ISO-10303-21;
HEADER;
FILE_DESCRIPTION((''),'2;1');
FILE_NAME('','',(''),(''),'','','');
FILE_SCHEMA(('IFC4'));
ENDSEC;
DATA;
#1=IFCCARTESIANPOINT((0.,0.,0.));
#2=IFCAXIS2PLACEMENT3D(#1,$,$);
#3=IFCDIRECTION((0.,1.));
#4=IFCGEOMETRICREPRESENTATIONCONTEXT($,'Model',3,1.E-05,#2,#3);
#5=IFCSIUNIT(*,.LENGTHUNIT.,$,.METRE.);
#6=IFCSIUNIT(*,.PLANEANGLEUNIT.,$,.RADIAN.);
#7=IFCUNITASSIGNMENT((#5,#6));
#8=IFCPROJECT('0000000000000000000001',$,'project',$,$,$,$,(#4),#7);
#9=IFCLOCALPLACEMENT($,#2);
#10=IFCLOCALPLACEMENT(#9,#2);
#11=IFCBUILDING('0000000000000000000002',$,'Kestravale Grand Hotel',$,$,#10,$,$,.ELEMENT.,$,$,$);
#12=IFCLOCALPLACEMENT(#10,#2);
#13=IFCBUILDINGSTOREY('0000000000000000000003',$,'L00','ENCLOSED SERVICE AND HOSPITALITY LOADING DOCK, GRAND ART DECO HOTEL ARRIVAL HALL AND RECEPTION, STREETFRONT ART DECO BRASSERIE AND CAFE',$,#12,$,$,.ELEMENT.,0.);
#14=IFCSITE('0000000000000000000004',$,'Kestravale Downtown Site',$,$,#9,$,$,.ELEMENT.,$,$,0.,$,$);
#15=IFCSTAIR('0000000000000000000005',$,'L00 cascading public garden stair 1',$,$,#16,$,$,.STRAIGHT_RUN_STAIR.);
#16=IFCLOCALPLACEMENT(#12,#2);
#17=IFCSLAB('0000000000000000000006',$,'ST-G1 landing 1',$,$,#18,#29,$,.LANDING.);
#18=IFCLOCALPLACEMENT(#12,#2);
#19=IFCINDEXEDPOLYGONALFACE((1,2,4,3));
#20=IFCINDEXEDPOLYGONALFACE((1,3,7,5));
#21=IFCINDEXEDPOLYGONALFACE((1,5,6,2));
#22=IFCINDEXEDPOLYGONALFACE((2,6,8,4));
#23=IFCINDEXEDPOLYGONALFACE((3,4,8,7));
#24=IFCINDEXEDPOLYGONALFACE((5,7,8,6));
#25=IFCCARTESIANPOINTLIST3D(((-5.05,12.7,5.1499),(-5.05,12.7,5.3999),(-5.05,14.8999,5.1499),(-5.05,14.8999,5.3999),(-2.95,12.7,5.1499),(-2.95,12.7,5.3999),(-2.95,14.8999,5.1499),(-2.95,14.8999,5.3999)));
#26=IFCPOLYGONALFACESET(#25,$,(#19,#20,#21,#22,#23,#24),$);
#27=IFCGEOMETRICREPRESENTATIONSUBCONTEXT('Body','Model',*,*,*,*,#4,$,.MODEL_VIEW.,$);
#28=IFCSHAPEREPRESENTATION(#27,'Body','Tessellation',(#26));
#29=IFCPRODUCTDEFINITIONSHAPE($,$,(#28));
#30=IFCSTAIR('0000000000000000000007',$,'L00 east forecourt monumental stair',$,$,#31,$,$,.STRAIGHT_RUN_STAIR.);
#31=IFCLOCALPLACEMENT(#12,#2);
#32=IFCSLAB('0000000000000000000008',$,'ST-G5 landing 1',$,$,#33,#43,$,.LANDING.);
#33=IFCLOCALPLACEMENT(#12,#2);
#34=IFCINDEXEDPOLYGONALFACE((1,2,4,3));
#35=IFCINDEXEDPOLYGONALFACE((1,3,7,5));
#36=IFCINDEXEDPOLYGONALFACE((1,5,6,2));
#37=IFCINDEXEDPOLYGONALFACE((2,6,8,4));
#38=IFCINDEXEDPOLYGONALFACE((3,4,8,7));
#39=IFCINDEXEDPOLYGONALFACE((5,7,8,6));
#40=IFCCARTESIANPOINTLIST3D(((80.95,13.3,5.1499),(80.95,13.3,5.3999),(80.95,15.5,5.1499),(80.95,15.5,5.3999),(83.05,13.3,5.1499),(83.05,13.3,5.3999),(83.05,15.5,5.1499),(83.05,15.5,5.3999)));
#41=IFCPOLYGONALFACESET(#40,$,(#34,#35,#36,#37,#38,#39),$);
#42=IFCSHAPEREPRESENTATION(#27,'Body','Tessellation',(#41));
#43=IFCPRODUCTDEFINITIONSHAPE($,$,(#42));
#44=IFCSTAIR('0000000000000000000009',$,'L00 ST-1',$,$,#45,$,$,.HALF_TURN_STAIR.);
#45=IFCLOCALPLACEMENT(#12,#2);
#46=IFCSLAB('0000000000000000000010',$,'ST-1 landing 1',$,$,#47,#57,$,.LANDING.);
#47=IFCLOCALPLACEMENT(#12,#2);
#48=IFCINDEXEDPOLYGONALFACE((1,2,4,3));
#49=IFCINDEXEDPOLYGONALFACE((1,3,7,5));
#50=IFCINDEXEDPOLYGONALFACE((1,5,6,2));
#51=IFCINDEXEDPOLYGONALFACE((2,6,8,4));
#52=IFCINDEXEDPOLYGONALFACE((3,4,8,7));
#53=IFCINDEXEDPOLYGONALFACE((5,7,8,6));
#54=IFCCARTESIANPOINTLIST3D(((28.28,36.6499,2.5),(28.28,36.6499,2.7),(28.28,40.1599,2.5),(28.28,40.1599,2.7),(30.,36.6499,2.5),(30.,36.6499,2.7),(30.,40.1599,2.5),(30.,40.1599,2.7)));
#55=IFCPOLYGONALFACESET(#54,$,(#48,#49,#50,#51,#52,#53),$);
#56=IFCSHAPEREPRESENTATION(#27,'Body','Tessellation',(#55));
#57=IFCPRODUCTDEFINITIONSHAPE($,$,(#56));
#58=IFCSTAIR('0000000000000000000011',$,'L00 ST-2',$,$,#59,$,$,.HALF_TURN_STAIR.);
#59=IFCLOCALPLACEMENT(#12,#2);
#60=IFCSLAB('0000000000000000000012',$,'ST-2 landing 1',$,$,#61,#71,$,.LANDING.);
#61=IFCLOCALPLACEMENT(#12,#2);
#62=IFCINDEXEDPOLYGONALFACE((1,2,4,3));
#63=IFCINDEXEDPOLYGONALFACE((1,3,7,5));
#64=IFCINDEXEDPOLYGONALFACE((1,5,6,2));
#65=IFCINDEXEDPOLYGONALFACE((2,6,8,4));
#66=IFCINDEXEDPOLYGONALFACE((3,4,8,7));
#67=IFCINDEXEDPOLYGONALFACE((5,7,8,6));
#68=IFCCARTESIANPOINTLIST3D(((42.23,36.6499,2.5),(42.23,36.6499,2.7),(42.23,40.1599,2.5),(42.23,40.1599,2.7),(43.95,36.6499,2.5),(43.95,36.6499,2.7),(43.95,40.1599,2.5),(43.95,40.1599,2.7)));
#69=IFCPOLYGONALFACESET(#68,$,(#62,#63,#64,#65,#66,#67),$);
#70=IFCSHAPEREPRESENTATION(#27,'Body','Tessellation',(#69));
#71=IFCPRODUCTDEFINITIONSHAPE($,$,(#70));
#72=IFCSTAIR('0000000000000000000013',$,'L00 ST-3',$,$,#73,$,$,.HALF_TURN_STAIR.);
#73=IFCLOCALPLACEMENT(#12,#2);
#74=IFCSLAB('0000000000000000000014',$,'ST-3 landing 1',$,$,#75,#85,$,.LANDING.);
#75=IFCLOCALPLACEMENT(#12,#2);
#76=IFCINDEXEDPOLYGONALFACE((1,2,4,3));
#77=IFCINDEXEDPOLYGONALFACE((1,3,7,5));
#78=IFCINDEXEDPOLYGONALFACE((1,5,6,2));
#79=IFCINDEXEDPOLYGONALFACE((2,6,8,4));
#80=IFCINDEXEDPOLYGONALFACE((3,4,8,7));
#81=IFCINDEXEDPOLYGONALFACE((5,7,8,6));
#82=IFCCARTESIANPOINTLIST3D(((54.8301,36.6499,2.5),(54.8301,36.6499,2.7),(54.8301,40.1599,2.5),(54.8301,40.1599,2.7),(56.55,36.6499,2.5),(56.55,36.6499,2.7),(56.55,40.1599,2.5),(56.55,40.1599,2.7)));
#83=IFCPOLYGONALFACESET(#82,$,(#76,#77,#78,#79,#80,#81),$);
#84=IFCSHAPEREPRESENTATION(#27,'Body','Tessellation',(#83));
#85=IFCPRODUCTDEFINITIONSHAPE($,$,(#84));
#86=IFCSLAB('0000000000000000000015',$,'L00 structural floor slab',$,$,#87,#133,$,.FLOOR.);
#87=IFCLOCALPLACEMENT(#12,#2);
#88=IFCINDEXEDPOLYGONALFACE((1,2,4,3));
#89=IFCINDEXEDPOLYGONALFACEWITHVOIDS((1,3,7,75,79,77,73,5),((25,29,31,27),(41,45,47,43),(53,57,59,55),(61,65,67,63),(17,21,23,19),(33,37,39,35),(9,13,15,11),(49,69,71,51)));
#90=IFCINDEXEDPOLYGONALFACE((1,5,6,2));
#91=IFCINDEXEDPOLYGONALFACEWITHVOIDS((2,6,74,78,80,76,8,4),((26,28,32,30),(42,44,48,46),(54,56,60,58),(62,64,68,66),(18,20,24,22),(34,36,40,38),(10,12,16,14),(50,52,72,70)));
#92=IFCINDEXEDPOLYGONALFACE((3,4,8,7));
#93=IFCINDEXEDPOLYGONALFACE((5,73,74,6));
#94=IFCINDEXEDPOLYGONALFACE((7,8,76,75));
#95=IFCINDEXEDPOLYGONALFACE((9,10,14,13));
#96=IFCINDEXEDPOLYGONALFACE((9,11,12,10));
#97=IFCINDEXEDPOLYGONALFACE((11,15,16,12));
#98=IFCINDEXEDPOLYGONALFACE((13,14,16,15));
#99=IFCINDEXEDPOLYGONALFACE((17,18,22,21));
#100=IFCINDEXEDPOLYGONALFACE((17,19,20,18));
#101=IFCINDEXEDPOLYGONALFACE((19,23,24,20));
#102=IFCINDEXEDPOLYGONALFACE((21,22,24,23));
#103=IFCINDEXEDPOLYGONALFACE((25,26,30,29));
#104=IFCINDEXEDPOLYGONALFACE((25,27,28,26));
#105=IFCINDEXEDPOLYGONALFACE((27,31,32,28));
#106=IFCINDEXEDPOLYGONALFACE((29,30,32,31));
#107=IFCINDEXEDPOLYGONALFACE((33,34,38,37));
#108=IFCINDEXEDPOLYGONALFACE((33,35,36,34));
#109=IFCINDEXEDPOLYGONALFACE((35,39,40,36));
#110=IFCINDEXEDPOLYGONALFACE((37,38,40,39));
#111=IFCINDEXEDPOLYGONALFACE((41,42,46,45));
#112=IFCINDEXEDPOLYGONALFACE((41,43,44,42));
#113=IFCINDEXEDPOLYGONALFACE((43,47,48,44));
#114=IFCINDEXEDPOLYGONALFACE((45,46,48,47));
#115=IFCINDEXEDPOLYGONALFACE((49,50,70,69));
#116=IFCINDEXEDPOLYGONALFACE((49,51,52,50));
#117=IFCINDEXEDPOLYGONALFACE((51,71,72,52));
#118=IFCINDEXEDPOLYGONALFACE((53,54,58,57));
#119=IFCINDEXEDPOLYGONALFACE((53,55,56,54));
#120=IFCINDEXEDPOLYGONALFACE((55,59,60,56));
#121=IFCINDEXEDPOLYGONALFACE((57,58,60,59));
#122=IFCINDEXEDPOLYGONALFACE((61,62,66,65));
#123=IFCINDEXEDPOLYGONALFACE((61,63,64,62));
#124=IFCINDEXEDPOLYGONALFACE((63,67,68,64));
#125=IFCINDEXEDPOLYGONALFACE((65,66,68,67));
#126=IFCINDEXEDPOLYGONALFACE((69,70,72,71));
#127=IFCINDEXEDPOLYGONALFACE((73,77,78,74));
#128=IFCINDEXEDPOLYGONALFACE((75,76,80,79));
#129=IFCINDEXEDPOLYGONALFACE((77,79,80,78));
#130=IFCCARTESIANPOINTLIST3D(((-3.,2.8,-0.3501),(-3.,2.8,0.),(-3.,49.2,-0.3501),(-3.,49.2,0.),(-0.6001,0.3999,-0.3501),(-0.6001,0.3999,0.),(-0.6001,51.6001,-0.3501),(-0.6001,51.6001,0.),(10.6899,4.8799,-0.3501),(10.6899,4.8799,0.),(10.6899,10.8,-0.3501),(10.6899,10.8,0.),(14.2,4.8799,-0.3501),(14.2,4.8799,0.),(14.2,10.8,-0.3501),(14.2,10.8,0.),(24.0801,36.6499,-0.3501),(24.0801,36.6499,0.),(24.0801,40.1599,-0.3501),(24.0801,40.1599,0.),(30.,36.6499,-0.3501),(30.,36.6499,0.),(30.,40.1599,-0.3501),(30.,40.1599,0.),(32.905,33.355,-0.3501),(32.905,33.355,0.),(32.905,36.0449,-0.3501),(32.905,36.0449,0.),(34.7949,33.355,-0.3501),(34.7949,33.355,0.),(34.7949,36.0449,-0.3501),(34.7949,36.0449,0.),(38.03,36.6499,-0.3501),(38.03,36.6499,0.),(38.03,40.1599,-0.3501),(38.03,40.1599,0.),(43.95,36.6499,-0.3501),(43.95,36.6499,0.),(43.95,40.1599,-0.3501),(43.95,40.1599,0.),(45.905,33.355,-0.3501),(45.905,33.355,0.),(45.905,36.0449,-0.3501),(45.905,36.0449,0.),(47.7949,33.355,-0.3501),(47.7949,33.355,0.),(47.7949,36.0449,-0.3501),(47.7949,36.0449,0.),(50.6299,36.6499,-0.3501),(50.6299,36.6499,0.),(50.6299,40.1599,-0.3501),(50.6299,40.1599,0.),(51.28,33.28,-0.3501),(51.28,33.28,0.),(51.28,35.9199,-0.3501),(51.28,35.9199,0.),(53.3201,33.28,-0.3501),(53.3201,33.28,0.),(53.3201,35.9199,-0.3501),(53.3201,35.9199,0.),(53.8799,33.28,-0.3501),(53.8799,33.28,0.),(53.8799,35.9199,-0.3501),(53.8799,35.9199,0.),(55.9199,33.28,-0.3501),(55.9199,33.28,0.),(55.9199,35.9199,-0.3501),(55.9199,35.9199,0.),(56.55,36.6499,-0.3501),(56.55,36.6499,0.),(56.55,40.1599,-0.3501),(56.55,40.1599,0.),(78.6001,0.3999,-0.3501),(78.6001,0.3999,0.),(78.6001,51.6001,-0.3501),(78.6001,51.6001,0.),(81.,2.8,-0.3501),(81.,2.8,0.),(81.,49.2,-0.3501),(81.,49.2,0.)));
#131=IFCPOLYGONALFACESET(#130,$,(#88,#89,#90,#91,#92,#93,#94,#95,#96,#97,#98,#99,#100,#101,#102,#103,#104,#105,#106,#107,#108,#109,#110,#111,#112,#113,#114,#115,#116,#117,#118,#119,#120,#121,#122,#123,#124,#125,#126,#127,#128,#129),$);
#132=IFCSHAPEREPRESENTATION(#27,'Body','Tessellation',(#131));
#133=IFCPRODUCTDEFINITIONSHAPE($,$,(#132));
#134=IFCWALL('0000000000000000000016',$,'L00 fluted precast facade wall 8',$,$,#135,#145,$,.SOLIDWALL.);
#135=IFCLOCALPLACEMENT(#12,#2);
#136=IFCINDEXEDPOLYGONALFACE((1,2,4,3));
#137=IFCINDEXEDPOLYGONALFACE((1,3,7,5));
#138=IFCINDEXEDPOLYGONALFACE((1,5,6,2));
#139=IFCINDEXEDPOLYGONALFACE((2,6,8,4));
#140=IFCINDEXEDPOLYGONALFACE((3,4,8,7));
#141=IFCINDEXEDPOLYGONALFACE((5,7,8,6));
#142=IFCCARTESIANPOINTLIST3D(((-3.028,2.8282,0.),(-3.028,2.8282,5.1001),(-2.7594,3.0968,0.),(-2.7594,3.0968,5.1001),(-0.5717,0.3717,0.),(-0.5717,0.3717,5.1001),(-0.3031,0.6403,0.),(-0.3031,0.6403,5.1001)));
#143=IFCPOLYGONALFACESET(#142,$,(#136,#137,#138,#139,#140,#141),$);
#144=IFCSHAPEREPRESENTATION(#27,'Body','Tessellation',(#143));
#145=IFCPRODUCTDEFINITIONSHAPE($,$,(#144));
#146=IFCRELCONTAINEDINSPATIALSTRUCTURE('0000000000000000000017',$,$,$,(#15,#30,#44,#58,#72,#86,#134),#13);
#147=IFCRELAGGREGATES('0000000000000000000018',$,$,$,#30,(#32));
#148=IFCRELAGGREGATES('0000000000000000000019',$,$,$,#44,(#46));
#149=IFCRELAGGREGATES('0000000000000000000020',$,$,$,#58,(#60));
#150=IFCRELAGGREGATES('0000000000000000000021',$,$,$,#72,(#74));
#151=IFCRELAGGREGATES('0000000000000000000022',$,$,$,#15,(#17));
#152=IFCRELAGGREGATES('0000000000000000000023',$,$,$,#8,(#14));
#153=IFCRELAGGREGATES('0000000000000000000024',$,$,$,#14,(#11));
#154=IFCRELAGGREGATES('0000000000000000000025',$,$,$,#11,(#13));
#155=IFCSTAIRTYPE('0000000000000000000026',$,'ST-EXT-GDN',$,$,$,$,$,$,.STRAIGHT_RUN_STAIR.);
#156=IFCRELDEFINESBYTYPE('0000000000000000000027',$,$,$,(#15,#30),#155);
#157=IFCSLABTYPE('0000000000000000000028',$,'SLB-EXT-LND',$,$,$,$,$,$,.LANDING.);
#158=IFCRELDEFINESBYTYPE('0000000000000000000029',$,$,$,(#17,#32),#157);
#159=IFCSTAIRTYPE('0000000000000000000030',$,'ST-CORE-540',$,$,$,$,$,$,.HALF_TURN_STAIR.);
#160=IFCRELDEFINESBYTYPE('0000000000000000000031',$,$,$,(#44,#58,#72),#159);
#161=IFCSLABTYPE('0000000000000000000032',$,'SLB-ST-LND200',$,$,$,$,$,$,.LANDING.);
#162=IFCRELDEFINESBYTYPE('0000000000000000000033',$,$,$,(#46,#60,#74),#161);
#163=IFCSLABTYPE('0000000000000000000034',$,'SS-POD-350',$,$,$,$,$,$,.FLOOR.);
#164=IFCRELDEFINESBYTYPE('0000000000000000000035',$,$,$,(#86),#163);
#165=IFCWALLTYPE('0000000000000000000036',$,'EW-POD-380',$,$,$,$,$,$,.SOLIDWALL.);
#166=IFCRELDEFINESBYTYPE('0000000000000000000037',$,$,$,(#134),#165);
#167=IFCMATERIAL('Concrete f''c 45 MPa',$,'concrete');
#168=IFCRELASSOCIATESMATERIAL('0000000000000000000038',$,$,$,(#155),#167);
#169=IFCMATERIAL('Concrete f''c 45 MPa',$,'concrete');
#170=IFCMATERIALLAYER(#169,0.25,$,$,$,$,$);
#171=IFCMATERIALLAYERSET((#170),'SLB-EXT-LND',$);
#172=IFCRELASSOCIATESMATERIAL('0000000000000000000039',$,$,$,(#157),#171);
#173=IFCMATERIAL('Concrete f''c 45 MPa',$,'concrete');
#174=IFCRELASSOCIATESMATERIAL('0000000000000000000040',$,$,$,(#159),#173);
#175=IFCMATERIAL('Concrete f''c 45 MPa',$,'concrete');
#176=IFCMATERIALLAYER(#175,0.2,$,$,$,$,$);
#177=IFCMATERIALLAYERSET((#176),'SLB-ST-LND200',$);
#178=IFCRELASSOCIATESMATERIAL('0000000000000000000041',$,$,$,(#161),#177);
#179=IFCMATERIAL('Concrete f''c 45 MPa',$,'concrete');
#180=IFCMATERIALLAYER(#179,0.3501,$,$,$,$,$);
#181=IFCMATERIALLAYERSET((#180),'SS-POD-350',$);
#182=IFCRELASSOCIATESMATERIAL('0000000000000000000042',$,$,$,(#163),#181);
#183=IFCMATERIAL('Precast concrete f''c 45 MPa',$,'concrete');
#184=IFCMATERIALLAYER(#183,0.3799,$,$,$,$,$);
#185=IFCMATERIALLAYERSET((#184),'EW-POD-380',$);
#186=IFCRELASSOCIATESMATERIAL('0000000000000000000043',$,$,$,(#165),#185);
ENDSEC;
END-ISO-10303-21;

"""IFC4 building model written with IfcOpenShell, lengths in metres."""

from ifc_helpers import new_model, si_unit, direction, frame, frame_2d, origin, place, context, subcontext, project, spatial, polyline, rectangle, outline, extrude, material, layer, layer_set, type_object, element, aggregate, save


model = new_model("IFC4")

# Units and contexts
model_context = context("Model", 3, precision=1e-05, world=origin(), true_north=direction((0.0, 1.0)))
body_context = subcontext(model_context, "Body", "Model", "MODEL_VIEW")
ifc_project = project(units=[si_unit("LENGTHUNIT", "METRE"), si_unit("PLANEANGLEUNIT", "RADIAN")], contexts=[model_context])

# Site, building, storey
site_placement = place(None, origin())
site = spatial("IfcSite", under=ifc_project, at=site_placement, Name="Kestravale Downtown Site", CompositionType="ELEMENT", RefElevation=0.0)
building_placement = place(site_placement, origin())
building = spatial("IfcBuilding", under=site, at=building_placement, Name="Kestravale Grand Hotel", CompositionType="ELEMENT")
storey_placement = place(building_placement, origin())
storey = spatial("IfcBuildingStorey", under=building, at=storey_placement, Name="L00", Description="ENCLOSED SERVICE AND HOSPITALITY LOADING DOCK, GRAND ART DECO HOTEL ARRIVAL HALL AND RECEPTION, STREETFRONT ART DECO BRASSERIE AND CAFE", CompositionType="ELEMENT", Elevation=0.0)

# Stairs, slabs
ifc_material_1 = material(Name="Concrete f'c 45 MPa", Category="concrete")
stair_type_1 = type_object("IfcStairType", Name="ST-EXT-GDN", PredefinedType="STRAIGHT_RUN_STAIR", material=ifc_material_1)
stair_1_placement = place(storey_placement, origin())
stair_1 = element("IfcStair", 1, at=stair_1_placement, inside=storey, type_object=stair_type_1, Name="L00 cascading public garden stair 1", PredefinedType="STRAIGHT_RUN_STAIR")
ifc_material_2 = material(Name="Concrete f'c 45 MPa", Category="concrete")
ifc_layer_1 = layer(ifc_material_2, 0.25)
ifc_layer_set_1 = layer_set([ifc_layer_1], Name="SLB-EXT-LND")
slab_type_1 = type_object("IfcSlabType", Name="SLB-EXT-LND", PredefinedType="LANDING", material=ifc_layer_set_1)
slab_1_placement = place(storey_placement, frame((0.0, 0.0, 5.1499)))
slab_1 = element("IfcSlab", 2, at=slab_1_placement, type_object=slab_type_1, Name="ST-G1 landing 1", PredefinedType="LANDING", context=body_context, shape_type="SweptSolid", body=[
    extrude(outline(polyline([(-5.05, 12.7), (-2.95, 12.7), (-2.95, 14.8999), (-5.05, 14.8999), (-5.05, 12.7)])), origin(), (0.0, 0.0, 1.0), 0.25),
])
stair_2_placement = place(storey_placement, origin())
stair_2 = element("IfcStair", 3, at=stair_2_placement, inside=storey, type_object=stair_type_1, Name="L00 east forecourt monumental stair", PredefinedType="STRAIGHT_RUN_STAIR")
slab_2_placement = place(storey_placement, frame((0.0, 0.0, 5.1499)))
slab_2 = element("IfcSlab", 4, at=slab_2_placement, type_object=slab_type_1, Name="ST-G5 landing 1", PredefinedType="LANDING", context=body_context, shape_type="SweptSolid", body=[
    extrude(outline(polyline([(80.95, 13.3), (83.05, 13.3), (83.05, 15.5), (80.95, 15.5), (80.95, 13.3)])), origin(), (0.0, 0.0, 1.0), 0.25),
])
aggregate(stair_2, [slab_2])
ifc_material_3 = material(Name="Concrete f'c 45 MPa", Category="concrete")
stair_type_2 = type_object("IfcStairType", Name="ST-CORE-540", PredefinedType="HALF_TURN_STAIR", material=ifc_material_3)
stair_3_placement = place(storey_placement, origin())
stair_3 = element("IfcStair", 5, at=stair_3_placement, inside=storey, type_object=stair_type_2, Name="L00 ST-1", PredefinedType="HALF_TURN_STAIR")
ifc_material_4 = material(Name="Concrete f'c 45 MPa", Category="concrete")
ifc_layer_2 = layer(ifc_material_4, 0.2)
ifc_layer_set_2 = layer_set([ifc_layer_2], Name="SLB-ST-LND200")
slab_type_2 = type_object("IfcSlabType", Name="SLB-ST-LND200", PredefinedType="LANDING", material=ifc_layer_set_2)
slab_3_placement = place(storey_placement, frame((0.0, 0.0, 2.5)))
slab_3 = element("IfcSlab", 6, at=slab_3_placement, type_object=slab_type_2, Name="ST-1 landing 1", PredefinedType="LANDING", context=body_context, shape_type="SweptSolid", body=[
    extrude(outline(polyline([(28.28, 36.6499), (30.0, 36.6499), (30.0, 40.1599), (28.28, 40.1599), (28.28, 36.6499)])), origin(), (0.0, 0.0, 1.0), 0.2),
])
aggregate(stair_3, [slab_3])
stair_4_placement = place(storey_placement, origin())
stair_4 = element("IfcStair", 7, at=stair_4_placement, inside=storey, type_object=stair_type_2, Name="L00 ST-2", PredefinedType="HALF_TURN_STAIR")
slab_4_placement = place(storey_placement, frame((0.0, 0.0, 2.5)))
slab_4 = element("IfcSlab", 8, at=slab_4_placement, type_object=slab_type_2, Name="ST-2 landing 1", PredefinedType="LANDING", context=body_context, shape_type="SweptSolid", body=[
    extrude(outline(polyline([(42.23, 36.6499), (43.95, 36.6499), (43.95, 40.1599), (42.23, 40.1599), (42.23, 36.6499)])), origin(), (0.0, 0.0, 1.0), 0.2),
])
aggregate(stair_4, [slab_4])
stair_5_placement = place(storey_placement, origin())
stair_5 = element("IfcStair", 9, at=stair_5_placement, inside=storey, type_object=stair_type_2, Name="L00 ST-3", PredefinedType="HALF_TURN_STAIR")
slab_5_placement = place(storey_placement, frame((0.0, 0.0, 2.5)))
slab_5 = element("IfcSlab", 10, at=slab_5_placement, type_object=slab_type_2, Name="ST-3 landing 1", PredefinedType="LANDING", context=body_context, shape_type="SweptSolid", body=[
    extrude(outline(polyline([(54.8301, 36.6499), (56.55, 36.6499), (56.55, 40.1599), (54.8301, 40.1599), (54.8301, 36.6499)])), origin(), (0.0, 0.0, 1.0), 0.2),
])
aggregate(stair_5, [slab_5])

# Slab
ifc_material_5 = material(Name="Concrete f'c 45 MPa", Category="concrete")
ifc_layer_3 = layer(ifc_material_5, 0.3501)
ifc_layer_set_3 = layer_set([ifc_layer_3], Name="SS-POD-350")
slab_type_3 = type_object("IfcSlabType", Name="SS-POD-350", PredefinedType="FLOOR", material=ifc_layer_set_3)
slab_6_placement = place(storey_placement, frame((0.0, 0.0, -0.3501)))
element("IfcSlab", 11, at=slab_6_placement, inside=storey, type_object=slab_type_3, Name="L00 structural floor slab", PredefinedType="FLOOR", context=body_context, shape_type="SweptSolid", body=[
    extrude(outline(polyline([(-0.6001, 0.3999), (78.6001, 0.3999), (81.0, 2.8), (81.0, 49.2), (78.6001, 51.6001), (-0.6001, 51.6001), (-3.0, 49.2), (-3.0, 2.8), (-0.6001, 0.3999)]), holes=[polyline([(24.0801, 36.6499), (30.0, 36.6499), (30.0, 40.1599), (24.0801, 40.1599), (24.0801, 36.6499)]), polyline([(38.03, 36.6499), (43.95, 36.6499), (43.95, 40.1599), (38.03, 40.1599), (38.03, 36.6499)]), polyline([(50.6299, 36.6499), (56.55, 36.6499), (56.55, 40.1599), (50.6299, 40.1599), (50.6299, 36.6499)]), polyline([(14.2, 4.8799), (14.2, 10.8), (10.6899, 10.8), (10.6899, 4.8799), (14.2, 4.8799)]), polyline([(32.905, 33.355), (34.7949, 33.355), (34.7949, 36.0449), (32.905, 36.0449), (32.905, 33.355)]), polyline([(45.905, 33.355), (47.7949, 33.355), (47.7949, 36.0449), (45.905, 36.0449), (45.905, 33.355)]), polyline([(51.28, 33.28), (53.3201, 33.28), (53.3201, 35.9199), (51.28, 35.9199), (51.28, 33.28)]), polyline([(53.8799, 33.28), (55.9199, 33.28), (55.9199, 35.9199), (53.8799, 35.9199), (53.8799, 33.28)])]), origin(), (0.0, 0.0, 1.0), 0.3501),
])

# Shared definitions
ifc_material_6 = material(Name="Precast concrete f'c 45 MPa", Category="concrete")
ifc_layer_4 = layer(ifc_material_6, 0.3799)
ifc_layer_set_4 = layer_set([ifc_layer_4], Name="EW-POD-380")
wall_type = type_object("IfcWallType", Name="EW-POD-380", PredefinedType="SOLIDWALL", material=ifc_layer_set_4)

# Wall
wall_1_placement = place(storey_placement, frame((-0.4375, 0.5061, 0.0), z_axis=(0.0, 0.0, 1.0), x_axis=(-0.707072, 0.707142, 0.0)))
element("IfcWall", 12, at=wall_1_placement, inside=storey, type_object=wall_type, Name="L00 fluted precast facade wall 8", PredefinedType="SOLIDWALL", context=body_context, shape_type="SweptSolid", body=[
    extrude(rectangle(XDim=3.4739, YDim=0.3799, at=frame_2d((1.7368, 0.0))), origin(), (0.0, 0.0, 1.0), 5.1001),
])

aggregate(stair_1, [slab_1])

save(model, "model.ifc")
